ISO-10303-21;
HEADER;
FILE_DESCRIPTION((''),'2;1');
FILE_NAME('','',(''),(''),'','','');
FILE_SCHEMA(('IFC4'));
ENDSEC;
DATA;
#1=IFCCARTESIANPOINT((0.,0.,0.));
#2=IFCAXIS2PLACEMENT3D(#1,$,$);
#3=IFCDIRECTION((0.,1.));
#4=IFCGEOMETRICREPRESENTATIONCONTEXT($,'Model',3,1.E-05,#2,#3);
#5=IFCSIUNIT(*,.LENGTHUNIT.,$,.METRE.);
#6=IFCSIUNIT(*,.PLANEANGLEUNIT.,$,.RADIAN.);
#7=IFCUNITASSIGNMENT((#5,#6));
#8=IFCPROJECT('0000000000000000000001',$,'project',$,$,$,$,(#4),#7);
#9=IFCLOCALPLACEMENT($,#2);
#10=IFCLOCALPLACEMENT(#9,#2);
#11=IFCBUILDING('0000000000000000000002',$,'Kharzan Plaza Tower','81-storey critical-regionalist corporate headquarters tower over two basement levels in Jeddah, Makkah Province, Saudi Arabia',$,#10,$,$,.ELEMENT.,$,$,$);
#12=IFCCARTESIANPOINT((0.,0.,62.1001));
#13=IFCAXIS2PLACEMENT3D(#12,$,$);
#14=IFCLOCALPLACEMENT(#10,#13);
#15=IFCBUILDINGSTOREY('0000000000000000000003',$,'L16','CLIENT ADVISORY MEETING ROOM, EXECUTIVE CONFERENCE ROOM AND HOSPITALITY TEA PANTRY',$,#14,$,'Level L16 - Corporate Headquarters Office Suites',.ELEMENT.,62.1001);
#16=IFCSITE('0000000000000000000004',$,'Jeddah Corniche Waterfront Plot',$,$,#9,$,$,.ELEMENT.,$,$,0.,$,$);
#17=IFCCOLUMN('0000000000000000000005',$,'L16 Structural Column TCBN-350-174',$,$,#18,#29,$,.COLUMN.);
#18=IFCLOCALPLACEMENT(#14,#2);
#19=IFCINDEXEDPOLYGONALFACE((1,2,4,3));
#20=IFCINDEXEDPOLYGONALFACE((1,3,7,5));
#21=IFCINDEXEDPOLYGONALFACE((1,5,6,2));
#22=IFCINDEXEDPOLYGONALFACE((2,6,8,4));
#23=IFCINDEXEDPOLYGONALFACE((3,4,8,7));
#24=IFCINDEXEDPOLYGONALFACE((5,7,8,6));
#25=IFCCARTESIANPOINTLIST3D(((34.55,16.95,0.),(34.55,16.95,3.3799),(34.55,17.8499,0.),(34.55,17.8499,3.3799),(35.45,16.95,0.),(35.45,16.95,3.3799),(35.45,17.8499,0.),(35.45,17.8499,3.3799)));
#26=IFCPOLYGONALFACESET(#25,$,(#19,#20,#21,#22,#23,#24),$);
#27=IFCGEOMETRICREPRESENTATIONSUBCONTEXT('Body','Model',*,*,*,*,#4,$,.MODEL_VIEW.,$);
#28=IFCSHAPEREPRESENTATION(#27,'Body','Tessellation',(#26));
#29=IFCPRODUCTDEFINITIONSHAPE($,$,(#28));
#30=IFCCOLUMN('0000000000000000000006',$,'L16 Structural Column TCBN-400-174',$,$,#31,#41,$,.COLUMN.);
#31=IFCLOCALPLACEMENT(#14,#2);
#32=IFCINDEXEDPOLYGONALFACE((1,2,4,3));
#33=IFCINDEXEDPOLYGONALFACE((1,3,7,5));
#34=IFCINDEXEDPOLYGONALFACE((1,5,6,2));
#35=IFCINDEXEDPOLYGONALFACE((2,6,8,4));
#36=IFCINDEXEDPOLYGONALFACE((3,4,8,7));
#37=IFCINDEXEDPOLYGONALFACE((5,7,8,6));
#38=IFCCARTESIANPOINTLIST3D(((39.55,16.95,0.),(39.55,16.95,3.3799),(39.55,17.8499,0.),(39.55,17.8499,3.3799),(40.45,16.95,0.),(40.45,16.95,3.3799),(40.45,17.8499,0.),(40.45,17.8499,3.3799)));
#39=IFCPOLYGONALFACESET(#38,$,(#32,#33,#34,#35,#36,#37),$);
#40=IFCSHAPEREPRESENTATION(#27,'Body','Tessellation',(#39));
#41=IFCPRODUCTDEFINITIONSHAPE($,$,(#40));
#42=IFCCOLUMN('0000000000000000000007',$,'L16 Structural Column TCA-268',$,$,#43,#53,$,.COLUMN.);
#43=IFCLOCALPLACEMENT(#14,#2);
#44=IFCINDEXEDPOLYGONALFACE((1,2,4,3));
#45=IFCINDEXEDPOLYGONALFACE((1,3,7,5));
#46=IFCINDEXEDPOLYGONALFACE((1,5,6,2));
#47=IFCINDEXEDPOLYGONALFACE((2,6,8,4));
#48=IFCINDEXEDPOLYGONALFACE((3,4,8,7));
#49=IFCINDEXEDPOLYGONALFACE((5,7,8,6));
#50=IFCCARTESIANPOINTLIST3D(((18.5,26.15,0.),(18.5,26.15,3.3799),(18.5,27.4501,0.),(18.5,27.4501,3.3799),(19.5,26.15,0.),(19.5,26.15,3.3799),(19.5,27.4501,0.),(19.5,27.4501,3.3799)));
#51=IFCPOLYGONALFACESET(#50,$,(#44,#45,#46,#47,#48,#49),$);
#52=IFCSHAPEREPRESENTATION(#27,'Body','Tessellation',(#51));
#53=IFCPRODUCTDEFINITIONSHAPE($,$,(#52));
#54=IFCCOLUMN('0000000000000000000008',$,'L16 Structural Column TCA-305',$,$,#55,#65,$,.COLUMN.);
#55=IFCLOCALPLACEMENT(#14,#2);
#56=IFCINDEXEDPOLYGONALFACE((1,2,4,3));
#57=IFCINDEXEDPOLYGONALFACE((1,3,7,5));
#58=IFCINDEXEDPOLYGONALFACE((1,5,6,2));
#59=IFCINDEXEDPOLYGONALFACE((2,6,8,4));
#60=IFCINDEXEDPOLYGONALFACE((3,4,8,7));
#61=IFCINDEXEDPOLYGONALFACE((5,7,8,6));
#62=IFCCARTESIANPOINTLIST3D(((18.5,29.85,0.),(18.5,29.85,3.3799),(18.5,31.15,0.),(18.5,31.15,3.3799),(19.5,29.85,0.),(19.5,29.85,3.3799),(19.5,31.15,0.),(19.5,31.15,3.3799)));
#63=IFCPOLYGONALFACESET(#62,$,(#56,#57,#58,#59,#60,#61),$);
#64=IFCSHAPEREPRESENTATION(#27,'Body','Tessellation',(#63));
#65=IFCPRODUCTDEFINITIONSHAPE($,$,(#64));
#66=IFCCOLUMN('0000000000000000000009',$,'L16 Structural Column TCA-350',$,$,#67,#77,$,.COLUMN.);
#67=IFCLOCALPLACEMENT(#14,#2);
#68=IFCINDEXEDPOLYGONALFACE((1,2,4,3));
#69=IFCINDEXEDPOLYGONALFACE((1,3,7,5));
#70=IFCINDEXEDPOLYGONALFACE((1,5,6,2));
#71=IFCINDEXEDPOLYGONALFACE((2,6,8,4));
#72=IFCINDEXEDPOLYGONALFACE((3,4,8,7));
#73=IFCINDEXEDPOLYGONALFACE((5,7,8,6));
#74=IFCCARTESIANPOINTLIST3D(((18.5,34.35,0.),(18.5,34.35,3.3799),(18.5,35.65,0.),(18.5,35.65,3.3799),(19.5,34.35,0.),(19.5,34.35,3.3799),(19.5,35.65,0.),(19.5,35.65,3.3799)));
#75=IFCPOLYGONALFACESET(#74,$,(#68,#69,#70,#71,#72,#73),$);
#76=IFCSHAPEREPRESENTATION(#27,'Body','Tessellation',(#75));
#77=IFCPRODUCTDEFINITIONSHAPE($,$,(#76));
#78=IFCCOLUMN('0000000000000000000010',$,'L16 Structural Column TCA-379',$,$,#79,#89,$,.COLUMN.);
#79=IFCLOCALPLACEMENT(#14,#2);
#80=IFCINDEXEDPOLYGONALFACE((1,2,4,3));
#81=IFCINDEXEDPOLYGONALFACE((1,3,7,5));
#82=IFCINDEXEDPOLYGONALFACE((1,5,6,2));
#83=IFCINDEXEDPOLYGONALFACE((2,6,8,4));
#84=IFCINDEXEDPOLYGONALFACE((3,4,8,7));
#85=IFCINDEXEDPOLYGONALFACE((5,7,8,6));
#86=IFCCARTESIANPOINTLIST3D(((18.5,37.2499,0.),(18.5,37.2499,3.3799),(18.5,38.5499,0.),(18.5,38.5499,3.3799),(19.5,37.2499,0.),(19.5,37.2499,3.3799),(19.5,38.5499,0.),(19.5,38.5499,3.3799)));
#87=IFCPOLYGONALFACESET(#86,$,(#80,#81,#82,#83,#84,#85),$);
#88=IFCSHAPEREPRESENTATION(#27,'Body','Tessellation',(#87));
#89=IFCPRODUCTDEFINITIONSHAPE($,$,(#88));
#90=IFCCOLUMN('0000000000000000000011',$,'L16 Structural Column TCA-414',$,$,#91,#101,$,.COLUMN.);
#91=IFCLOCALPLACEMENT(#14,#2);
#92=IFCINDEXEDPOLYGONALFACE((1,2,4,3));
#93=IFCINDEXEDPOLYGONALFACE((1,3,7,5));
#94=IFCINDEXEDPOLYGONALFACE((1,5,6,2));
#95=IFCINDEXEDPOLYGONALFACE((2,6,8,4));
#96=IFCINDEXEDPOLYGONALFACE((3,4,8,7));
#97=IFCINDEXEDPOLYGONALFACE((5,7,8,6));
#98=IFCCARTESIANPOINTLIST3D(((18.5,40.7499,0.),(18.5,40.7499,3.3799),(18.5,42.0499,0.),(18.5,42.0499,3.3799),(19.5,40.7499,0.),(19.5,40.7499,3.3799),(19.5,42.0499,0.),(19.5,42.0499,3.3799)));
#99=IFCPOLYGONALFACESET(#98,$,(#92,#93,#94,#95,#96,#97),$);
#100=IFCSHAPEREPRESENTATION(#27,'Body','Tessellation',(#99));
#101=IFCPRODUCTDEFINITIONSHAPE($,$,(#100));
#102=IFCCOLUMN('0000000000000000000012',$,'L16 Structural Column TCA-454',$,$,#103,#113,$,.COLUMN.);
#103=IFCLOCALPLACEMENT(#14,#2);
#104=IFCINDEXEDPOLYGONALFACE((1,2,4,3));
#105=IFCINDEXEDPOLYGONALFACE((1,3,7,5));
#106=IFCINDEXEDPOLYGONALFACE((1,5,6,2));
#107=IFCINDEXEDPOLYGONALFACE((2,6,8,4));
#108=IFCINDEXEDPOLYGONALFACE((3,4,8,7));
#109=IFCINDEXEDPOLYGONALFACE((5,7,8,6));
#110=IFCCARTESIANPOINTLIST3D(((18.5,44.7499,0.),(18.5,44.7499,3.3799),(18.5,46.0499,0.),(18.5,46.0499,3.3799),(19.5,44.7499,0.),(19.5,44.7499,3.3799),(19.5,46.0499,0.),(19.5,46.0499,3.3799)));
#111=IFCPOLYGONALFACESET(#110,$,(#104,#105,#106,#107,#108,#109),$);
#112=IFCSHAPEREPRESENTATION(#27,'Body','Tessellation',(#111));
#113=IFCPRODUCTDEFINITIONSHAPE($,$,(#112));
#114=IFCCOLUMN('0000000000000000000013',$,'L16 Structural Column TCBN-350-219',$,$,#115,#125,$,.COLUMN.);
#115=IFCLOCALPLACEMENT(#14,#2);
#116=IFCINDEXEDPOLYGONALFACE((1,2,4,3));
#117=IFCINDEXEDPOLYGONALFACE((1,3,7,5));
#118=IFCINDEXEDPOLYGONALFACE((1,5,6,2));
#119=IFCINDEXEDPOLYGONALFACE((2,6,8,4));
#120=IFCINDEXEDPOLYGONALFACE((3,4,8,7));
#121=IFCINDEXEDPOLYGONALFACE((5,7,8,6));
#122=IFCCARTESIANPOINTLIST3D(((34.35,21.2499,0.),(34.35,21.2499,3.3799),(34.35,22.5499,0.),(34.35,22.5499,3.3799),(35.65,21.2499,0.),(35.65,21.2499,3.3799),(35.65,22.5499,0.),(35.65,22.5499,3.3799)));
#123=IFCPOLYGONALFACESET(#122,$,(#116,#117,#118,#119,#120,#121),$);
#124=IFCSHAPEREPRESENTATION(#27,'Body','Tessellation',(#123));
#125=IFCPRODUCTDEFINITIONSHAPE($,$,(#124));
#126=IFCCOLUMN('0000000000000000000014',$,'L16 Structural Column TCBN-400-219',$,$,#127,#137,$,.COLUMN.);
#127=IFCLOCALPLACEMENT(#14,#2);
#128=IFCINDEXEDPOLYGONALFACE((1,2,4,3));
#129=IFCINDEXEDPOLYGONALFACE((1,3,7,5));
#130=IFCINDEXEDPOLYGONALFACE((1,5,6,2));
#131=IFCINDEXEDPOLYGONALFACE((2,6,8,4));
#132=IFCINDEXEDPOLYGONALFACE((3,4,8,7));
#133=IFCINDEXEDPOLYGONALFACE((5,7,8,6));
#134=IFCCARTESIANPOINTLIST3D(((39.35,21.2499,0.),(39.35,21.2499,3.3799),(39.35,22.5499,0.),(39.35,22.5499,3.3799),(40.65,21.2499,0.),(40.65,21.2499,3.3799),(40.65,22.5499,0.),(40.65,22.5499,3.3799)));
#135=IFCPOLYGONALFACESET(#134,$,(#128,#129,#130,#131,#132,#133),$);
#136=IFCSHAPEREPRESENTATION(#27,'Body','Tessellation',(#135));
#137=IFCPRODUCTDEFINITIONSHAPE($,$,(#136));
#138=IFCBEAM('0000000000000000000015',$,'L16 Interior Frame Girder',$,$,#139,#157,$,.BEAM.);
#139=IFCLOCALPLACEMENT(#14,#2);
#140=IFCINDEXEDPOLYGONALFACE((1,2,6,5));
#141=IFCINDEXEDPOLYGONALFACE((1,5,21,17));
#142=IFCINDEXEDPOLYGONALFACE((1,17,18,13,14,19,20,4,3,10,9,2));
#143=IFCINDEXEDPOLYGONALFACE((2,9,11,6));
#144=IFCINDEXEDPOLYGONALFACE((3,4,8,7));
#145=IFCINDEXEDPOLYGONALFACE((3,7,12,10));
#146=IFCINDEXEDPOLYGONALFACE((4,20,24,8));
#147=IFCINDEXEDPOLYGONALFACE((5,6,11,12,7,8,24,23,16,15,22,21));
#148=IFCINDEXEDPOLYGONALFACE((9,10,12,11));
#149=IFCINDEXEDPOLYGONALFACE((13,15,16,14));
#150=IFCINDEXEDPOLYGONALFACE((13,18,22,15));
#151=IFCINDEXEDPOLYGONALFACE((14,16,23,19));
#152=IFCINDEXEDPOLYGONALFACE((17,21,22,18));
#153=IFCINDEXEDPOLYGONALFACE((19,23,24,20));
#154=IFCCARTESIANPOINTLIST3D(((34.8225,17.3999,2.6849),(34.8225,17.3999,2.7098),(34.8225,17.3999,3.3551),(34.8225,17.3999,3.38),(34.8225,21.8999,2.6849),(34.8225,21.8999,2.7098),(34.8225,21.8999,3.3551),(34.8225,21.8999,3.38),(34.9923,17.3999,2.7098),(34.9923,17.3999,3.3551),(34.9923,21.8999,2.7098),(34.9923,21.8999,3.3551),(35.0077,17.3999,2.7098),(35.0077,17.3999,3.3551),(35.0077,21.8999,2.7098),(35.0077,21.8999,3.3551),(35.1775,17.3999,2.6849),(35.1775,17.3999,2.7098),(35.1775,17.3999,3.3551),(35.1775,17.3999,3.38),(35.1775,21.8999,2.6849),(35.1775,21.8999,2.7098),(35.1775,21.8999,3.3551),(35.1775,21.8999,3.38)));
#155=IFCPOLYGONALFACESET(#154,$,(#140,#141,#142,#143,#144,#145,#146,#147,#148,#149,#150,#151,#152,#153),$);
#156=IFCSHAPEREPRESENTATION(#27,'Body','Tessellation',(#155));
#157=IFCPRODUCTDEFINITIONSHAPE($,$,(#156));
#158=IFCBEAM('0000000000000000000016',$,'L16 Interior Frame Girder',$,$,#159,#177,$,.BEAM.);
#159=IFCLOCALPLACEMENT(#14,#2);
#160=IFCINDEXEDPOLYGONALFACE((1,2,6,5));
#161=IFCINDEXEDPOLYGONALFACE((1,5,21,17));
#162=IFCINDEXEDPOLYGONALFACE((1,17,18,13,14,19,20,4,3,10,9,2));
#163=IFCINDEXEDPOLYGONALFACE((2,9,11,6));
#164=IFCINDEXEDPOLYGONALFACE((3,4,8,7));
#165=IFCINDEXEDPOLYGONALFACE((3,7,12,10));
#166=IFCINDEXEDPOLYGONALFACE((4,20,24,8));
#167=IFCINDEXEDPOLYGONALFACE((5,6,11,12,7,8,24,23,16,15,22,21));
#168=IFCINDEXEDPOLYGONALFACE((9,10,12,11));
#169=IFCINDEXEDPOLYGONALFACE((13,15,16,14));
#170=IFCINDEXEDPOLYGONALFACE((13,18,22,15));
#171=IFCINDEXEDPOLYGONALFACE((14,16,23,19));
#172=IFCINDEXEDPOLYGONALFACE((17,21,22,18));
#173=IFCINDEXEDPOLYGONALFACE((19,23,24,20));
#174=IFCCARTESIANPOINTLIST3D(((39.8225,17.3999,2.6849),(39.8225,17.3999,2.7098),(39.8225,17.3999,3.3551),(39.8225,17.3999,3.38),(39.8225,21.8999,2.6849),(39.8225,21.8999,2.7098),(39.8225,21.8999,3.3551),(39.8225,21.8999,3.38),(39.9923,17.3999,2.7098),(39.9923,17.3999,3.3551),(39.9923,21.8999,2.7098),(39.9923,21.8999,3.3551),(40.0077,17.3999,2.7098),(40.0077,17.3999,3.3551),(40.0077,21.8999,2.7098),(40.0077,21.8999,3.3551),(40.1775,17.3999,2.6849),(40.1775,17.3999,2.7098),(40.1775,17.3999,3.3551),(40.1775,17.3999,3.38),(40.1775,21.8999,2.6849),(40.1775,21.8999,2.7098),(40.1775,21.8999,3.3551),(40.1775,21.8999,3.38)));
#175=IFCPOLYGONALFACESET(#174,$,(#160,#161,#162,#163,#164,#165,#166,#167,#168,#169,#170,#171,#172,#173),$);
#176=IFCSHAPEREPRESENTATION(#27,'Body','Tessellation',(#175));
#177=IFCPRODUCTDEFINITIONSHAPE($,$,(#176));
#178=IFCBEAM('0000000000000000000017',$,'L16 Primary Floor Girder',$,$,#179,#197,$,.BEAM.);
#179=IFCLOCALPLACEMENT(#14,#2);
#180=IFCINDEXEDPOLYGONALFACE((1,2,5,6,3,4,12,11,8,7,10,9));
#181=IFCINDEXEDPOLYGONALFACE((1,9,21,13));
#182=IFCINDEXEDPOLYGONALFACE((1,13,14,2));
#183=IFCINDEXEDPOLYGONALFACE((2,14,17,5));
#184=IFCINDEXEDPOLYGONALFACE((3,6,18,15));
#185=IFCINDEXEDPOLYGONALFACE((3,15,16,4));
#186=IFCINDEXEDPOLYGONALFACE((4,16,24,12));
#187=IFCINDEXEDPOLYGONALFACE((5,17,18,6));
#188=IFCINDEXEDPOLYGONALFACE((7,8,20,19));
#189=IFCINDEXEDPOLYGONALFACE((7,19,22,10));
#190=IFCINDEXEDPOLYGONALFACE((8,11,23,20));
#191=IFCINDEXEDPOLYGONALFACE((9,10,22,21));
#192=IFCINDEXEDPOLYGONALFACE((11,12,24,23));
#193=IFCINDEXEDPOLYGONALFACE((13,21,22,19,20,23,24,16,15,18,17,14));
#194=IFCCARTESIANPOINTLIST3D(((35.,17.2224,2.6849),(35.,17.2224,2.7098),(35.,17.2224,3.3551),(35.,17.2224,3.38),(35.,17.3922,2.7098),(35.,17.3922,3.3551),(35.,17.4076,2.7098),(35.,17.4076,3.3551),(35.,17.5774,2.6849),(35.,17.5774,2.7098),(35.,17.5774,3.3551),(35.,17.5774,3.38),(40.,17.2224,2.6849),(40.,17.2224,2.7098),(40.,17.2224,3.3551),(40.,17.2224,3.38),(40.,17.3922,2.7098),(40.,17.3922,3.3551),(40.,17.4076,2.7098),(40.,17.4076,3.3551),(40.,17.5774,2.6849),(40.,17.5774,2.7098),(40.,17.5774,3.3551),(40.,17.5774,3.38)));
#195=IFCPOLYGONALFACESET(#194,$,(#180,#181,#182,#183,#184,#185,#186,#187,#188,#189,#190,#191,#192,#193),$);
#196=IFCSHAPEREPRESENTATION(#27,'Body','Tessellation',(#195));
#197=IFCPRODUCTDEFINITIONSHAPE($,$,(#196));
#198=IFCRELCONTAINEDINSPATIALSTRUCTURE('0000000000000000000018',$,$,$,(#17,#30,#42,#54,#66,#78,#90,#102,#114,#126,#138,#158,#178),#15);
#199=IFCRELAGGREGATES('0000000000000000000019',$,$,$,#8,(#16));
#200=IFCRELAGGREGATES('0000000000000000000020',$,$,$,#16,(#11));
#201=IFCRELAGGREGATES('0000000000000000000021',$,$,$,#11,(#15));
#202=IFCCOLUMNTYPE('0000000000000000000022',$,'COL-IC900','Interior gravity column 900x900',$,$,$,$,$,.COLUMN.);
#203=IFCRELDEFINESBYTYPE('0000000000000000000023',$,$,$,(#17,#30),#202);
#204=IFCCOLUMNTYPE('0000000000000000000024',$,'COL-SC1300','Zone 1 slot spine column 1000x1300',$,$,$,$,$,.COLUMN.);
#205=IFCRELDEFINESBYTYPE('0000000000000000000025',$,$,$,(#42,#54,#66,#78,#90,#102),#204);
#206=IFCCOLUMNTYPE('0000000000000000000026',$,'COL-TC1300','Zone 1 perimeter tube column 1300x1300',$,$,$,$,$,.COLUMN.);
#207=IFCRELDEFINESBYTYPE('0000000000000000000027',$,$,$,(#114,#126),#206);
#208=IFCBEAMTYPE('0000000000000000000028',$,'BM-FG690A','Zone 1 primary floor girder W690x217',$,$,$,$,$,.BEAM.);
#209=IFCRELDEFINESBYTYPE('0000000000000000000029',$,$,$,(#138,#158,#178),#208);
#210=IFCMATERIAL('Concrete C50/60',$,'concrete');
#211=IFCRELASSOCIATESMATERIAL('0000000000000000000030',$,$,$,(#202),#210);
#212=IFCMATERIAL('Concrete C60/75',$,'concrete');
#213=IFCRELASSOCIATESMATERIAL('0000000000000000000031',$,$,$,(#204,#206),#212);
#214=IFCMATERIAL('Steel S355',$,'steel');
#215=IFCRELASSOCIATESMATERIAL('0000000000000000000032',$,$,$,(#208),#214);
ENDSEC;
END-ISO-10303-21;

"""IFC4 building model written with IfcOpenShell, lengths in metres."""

from ifc_helpers import new_model, si_unit, direction, frame, origin, origin_2d, place, context, subcontext, project, spatial, rectangle, i_section, extrude, source, transform, mapped, material, material_profile, profile_set, type_object, element, save


model = new_model("IFC4")

# Units and contexts
model_context = context("Model", 3, precision=1e-05, world=origin(), true_north=direction((0.0, 1.0)))
body_context = subcontext(model_context, "Body", "Model", "MODEL_VIEW")
ifc_project = project(units=[si_unit("LENGTHUNIT", "METRE"), si_unit("PLANEANGLEUNIT", "RADIAN")], contexts=[model_context])

# Site, building, storey
site_placement = place(None, origin())
site = spatial("IfcSite", under=ifc_project, at=site_placement, Name="Jeddah Corniche Waterfront Plot", CompositionType="ELEMENT", RefElevation=0.0)
building_placement = place(site_placement, origin())
building = spatial("IfcBuilding", under=site, at=building_placement, Name="Kharzan Plaza Tower", Description="81-storey critical-regionalist corporate headquarters tower over two basement levels in Jeddah, Makkah Province, Saudi Arabia", CompositionType="ELEMENT")
storey_placement = place(building_placement, frame((0.0, 0.0, 62.1001)))
storey = spatial("IfcBuildingStorey", under=building, at=storey_placement, Name="L16", Description="CLIENT ADVISORY MEETING ROOM, EXECUTIVE CONFERENCE ROOM AND HOSPITALITY TEA PANTRY", LongName="Level L16 - Corporate Headquarters Office Suites", CompositionType="ELEMENT", Elevation=62.1001)

# Columns
ifc_material_1 = material(Name="Concrete C50/60", Category="concrete")
ifc_material_profile_1 = material_profile(ifc_material_1, rectangle(XDim=0.8999, YDim=0.8999, at=origin_2d()), Name="RC-IC900x900")
ifc_profile_set_1 = profile_set([ifc_material_profile_1], Name="Concrete C50/60")
column_type_1 = type_object("IfcColumnType", Name="COL-IC900", Description="Interior gravity column 900x900", PredefinedType="COLUMN", material=ifc_profile_set_1)
shared_shape_1 = source(origin(), body_context, "Body", "SweptSolid", [
    extrude(rectangle(XDim=0.8999, YDim=0.8999, at=origin_2d()), origin(), (0.0, 0.0, 1.0), 3.3799),
])
for number, where, z_axis, x_axis, name in (
    (1, (35.0, 17.3999, 0.0), (0.0, 0.0, 1.0), (1.0, 0.0, 0.0), "L16 Structural Column TCBN-350-174"),
    (2, (40.0, 17.3999, 0.0), (0.0, 0.0, 1.0), (1.0, 0.0, 0.0), "L16 Structural Column TCBN-400-174"),
):
    element("IfcColumn", number, at=place(storey_placement, frame(where, z_axis=z_axis, x_axis=x_axis)), inside=storey, type_object=column_type_1, Name=name, PredefinedType="COLUMN", context=body_context, shape_type="MappedRepresentation", body=[
        mapped(shared_shape_1, transform((0.0, 0.0, 0.0), x_axis=(1.0, 0.0, 0.0), y_axis=(0.0, 1.0, 0.0), z_axis=(0.0, 0.0, 1.0))),
    ])
ifc_material_2 = material(Name="Concrete C60/75", Category="concrete")
ifc_material_profile_2 = material_profile(ifc_material_2, rectangle(XDim=1.0, YDim=1.3, at=origin_2d()), Name="RC-SC1300x1000")
ifc_profile_set_2 = profile_set([ifc_material_profile_2], Name="Concrete C60/75")
column_type_2 = type_object("IfcColumnType", Name="COL-SC1300", Description="Zone 1 slot spine column 1000x1300", PredefinedType="COLUMN", material=ifc_profile_set_2)
shared_shape_2 = source(origin(), body_context, "Body", "SweptSolid", [
    extrude(rectangle(XDim=1.0, YDim=1.3, at=origin_2d()), origin(), (0.0, 0.0, 1.0), 3.3799),
])
for number, where, z_axis, x_axis, name in (
    (3, (19.0, 26.8, 0.0), (0.0, 0.0, 1.0), (1.0, 0.0, 0.0), "L16 Structural Column TCA-268"),
    (4, (19.0, 30.5, 0.0), (0.0, 0.0, 1.0), (1.0, 0.0, 0.0), "L16 Structural Column TCA-305"),
    (5, (19.0, 35.0, 0.0), (0.0, 0.0, 1.0), (1.0, 0.0, 0.0), "L16 Structural Column TCA-350"),
    (6, (19.0, 37.8999, 0.0), (0.0, 0.0, 1.0), (1.0, 0.0, 0.0), "L16 Structural Column TCA-379"),
    (7, (19.0, 41.3999, 0.0), (0.0, 0.0, 1.0), (1.0, 0.0, 0.0), "L16 Structural Column TCA-414"),
    (8, (19.0, 45.3999, 0.0), (0.0, 0.0, 1.0), (1.0, 0.0, 0.0), "L16 Structural Column TCA-454"),
):
    element("IfcColumn", number, at=place(storey_placement, frame(where, z_axis=z_axis, x_axis=x_axis)), inside=storey, type_object=column_type_2, Name=name, PredefinedType="COLUMN", context=body_context, shape_type="MappedRepresentation", body=[
        mapped(shared_shape_2, transform((0.0, 0.0, 0.0), x_axis=(1.0, 0.0, 0.0), y_axis=(0.0, 1.0, 0.0), z_axis=(0.0, 0.0, 1.0))),
    ])
ifc_material_profile_3 = material_profile(ifc_material_2, rectangle(XDim=1.3, YDim=1.3, at=origin_2d()), Name="RC-TC1300x1300")
ifc_profile_set_3 = profile_set([ifc_material_profile_3], Name="Concrete C60/75")
column_type_3 = type_object("IfcColumnType", Name="COL-TC1300", Description="Zone 1 perimeter tube column 1300x1300", PredefinedType="COLUMN", material=ifc_profile_set_3)
shared_shape_3 = source(origin(), body_context, "Body", "SweptSolid", [
    extrude(rectangle(XDim=1.3, YDim=1.3, at=origin_2d()), origin(), (0.0, 0.0, 1.0), 3.3799),
])
for number, where, z_axis, x_axis, name in (
    (9, (35.0, 21.8999, 0.0), (0.0, 0.0, 1.0), (1.0, 0.0, 0.0), "L16 Structural Column TCBN-350-219"),
    (10, (40.0, 21.8999, 0.0), (0.0, 0.0, 1.0), (1.0, 0.0, 0.0), "L16 Structural Column TCBN-400-219"),
):
    element("IfcColumn", number, at=place(storey_placement, frame(where, z_axis=z_axis, x_axis=x_axis)), inside=storey, type_object=column_type_3, Name=name, PredefinedType="COLUMN", context=body_context, shape_type="MappedRepresentation", body=[
        mapped(shared_shape_3, transform((0.0, 0.0, 0.0), x_axis=(1.0, 0.0, 0.0), y_axis=(0.0, 1.0, 0.0), z_axis=(0.0, 0.0, 1.0))),
    ])

# Beams
ifc_material_3 = material(Name="Steel S355", Category="steel")
ifc_material_profile_4 = material_profile(ifc_material_3, i_section(OverallWidth=0.355, OverallDepth=0.6951, WebThickness=0.0154, FlangeThickness=0.0249, at=origin_2d()), Name="W690x217")
ifc_profile_set_4 = profile_set([ifc_material_profile_4], Name="Steel S355")
beam_type_1 = type_object("IfcBeamType", Name="BM-FG690A", Description="Zone 1 primary floor girder W690x217", PredefinedType="BEAM", material=ifc_profile_set_4)
shared_shape_4 = source(origin(), body_context, "Body", "SweptSolid", [
    extrude(i_section(OverallWidth=0.355, OverallDepth=0.6951, WebThickness=0.0154, FlangeThickness=0.0249, at=origin_2d()), origin(), (0.0, 0.0, 1.0), 4.5),
])
for number, where, z_axis, x_axis, name in (
    (11, (35.0, 17.3999, 3.0325), (0.0, 1.0, 0.0), (-1.0, 0.0, 0.0), "L16 Interior Frame Girder"),
    (12, (40.0, 17.3999, 3.0325), (0.0, 1.0, 0.0), (-1.0, 0.0, 0.0), "L16 Interior Frame Girder"),
):
    element("IfcBeam", number, at=place(storey_placement, frame(where, z_axis=z_axis, x_axis=x_axis)), inside=storey, type_object=beam_type_1, Name=name, PredefinedType="BEAM", context=body_context, shape_type="MappedRepresentation", body=[
        mapped(shared_shape_4, transform((0.0, 0.0, 0.0), x_axis=(1.0, 0.0, 0.0), y_axis=(0.0, 1.0, 0.0), z_axis=(0.0, 0.0, 1.0))),
    ])
shared_shape_5 = source(origin(), body_context, "Body", "SweptSolid", [
    extrude(i_section(OverallWidth=0.355, OverallDepth=0.6951, WebThickness=0.0154, FlangeThickness=0.0249, at=origin_2d()), origin(), (0.0, 0.0, 1.0), 5.0),
])
beam_1_placement = place(storey_placement, frame((35.0, 17.3999, 3.0325), z_axis=(1.0, 0.0, 0.0), x_axis=(0.0, 1.0, 0.0)))
element("IfcBeam", 13, at=beam_1_placement, inside=storey, type_object=beam_type_1, Name="L16 Primary Floor Girder", PredefinedType="BEAM", context=body_context, shape_type="MappedRepresentation", body=[
    mapped(shared_shape_5, transform((0.0, 0.0, 0.0), x_axis=(1.0, 0.0, 0.0), y_axis=(0.0, 1.0, 0.0), z_axis=(0.0, 0.0, 1.0))),
])

save(model, "model.ifc")
